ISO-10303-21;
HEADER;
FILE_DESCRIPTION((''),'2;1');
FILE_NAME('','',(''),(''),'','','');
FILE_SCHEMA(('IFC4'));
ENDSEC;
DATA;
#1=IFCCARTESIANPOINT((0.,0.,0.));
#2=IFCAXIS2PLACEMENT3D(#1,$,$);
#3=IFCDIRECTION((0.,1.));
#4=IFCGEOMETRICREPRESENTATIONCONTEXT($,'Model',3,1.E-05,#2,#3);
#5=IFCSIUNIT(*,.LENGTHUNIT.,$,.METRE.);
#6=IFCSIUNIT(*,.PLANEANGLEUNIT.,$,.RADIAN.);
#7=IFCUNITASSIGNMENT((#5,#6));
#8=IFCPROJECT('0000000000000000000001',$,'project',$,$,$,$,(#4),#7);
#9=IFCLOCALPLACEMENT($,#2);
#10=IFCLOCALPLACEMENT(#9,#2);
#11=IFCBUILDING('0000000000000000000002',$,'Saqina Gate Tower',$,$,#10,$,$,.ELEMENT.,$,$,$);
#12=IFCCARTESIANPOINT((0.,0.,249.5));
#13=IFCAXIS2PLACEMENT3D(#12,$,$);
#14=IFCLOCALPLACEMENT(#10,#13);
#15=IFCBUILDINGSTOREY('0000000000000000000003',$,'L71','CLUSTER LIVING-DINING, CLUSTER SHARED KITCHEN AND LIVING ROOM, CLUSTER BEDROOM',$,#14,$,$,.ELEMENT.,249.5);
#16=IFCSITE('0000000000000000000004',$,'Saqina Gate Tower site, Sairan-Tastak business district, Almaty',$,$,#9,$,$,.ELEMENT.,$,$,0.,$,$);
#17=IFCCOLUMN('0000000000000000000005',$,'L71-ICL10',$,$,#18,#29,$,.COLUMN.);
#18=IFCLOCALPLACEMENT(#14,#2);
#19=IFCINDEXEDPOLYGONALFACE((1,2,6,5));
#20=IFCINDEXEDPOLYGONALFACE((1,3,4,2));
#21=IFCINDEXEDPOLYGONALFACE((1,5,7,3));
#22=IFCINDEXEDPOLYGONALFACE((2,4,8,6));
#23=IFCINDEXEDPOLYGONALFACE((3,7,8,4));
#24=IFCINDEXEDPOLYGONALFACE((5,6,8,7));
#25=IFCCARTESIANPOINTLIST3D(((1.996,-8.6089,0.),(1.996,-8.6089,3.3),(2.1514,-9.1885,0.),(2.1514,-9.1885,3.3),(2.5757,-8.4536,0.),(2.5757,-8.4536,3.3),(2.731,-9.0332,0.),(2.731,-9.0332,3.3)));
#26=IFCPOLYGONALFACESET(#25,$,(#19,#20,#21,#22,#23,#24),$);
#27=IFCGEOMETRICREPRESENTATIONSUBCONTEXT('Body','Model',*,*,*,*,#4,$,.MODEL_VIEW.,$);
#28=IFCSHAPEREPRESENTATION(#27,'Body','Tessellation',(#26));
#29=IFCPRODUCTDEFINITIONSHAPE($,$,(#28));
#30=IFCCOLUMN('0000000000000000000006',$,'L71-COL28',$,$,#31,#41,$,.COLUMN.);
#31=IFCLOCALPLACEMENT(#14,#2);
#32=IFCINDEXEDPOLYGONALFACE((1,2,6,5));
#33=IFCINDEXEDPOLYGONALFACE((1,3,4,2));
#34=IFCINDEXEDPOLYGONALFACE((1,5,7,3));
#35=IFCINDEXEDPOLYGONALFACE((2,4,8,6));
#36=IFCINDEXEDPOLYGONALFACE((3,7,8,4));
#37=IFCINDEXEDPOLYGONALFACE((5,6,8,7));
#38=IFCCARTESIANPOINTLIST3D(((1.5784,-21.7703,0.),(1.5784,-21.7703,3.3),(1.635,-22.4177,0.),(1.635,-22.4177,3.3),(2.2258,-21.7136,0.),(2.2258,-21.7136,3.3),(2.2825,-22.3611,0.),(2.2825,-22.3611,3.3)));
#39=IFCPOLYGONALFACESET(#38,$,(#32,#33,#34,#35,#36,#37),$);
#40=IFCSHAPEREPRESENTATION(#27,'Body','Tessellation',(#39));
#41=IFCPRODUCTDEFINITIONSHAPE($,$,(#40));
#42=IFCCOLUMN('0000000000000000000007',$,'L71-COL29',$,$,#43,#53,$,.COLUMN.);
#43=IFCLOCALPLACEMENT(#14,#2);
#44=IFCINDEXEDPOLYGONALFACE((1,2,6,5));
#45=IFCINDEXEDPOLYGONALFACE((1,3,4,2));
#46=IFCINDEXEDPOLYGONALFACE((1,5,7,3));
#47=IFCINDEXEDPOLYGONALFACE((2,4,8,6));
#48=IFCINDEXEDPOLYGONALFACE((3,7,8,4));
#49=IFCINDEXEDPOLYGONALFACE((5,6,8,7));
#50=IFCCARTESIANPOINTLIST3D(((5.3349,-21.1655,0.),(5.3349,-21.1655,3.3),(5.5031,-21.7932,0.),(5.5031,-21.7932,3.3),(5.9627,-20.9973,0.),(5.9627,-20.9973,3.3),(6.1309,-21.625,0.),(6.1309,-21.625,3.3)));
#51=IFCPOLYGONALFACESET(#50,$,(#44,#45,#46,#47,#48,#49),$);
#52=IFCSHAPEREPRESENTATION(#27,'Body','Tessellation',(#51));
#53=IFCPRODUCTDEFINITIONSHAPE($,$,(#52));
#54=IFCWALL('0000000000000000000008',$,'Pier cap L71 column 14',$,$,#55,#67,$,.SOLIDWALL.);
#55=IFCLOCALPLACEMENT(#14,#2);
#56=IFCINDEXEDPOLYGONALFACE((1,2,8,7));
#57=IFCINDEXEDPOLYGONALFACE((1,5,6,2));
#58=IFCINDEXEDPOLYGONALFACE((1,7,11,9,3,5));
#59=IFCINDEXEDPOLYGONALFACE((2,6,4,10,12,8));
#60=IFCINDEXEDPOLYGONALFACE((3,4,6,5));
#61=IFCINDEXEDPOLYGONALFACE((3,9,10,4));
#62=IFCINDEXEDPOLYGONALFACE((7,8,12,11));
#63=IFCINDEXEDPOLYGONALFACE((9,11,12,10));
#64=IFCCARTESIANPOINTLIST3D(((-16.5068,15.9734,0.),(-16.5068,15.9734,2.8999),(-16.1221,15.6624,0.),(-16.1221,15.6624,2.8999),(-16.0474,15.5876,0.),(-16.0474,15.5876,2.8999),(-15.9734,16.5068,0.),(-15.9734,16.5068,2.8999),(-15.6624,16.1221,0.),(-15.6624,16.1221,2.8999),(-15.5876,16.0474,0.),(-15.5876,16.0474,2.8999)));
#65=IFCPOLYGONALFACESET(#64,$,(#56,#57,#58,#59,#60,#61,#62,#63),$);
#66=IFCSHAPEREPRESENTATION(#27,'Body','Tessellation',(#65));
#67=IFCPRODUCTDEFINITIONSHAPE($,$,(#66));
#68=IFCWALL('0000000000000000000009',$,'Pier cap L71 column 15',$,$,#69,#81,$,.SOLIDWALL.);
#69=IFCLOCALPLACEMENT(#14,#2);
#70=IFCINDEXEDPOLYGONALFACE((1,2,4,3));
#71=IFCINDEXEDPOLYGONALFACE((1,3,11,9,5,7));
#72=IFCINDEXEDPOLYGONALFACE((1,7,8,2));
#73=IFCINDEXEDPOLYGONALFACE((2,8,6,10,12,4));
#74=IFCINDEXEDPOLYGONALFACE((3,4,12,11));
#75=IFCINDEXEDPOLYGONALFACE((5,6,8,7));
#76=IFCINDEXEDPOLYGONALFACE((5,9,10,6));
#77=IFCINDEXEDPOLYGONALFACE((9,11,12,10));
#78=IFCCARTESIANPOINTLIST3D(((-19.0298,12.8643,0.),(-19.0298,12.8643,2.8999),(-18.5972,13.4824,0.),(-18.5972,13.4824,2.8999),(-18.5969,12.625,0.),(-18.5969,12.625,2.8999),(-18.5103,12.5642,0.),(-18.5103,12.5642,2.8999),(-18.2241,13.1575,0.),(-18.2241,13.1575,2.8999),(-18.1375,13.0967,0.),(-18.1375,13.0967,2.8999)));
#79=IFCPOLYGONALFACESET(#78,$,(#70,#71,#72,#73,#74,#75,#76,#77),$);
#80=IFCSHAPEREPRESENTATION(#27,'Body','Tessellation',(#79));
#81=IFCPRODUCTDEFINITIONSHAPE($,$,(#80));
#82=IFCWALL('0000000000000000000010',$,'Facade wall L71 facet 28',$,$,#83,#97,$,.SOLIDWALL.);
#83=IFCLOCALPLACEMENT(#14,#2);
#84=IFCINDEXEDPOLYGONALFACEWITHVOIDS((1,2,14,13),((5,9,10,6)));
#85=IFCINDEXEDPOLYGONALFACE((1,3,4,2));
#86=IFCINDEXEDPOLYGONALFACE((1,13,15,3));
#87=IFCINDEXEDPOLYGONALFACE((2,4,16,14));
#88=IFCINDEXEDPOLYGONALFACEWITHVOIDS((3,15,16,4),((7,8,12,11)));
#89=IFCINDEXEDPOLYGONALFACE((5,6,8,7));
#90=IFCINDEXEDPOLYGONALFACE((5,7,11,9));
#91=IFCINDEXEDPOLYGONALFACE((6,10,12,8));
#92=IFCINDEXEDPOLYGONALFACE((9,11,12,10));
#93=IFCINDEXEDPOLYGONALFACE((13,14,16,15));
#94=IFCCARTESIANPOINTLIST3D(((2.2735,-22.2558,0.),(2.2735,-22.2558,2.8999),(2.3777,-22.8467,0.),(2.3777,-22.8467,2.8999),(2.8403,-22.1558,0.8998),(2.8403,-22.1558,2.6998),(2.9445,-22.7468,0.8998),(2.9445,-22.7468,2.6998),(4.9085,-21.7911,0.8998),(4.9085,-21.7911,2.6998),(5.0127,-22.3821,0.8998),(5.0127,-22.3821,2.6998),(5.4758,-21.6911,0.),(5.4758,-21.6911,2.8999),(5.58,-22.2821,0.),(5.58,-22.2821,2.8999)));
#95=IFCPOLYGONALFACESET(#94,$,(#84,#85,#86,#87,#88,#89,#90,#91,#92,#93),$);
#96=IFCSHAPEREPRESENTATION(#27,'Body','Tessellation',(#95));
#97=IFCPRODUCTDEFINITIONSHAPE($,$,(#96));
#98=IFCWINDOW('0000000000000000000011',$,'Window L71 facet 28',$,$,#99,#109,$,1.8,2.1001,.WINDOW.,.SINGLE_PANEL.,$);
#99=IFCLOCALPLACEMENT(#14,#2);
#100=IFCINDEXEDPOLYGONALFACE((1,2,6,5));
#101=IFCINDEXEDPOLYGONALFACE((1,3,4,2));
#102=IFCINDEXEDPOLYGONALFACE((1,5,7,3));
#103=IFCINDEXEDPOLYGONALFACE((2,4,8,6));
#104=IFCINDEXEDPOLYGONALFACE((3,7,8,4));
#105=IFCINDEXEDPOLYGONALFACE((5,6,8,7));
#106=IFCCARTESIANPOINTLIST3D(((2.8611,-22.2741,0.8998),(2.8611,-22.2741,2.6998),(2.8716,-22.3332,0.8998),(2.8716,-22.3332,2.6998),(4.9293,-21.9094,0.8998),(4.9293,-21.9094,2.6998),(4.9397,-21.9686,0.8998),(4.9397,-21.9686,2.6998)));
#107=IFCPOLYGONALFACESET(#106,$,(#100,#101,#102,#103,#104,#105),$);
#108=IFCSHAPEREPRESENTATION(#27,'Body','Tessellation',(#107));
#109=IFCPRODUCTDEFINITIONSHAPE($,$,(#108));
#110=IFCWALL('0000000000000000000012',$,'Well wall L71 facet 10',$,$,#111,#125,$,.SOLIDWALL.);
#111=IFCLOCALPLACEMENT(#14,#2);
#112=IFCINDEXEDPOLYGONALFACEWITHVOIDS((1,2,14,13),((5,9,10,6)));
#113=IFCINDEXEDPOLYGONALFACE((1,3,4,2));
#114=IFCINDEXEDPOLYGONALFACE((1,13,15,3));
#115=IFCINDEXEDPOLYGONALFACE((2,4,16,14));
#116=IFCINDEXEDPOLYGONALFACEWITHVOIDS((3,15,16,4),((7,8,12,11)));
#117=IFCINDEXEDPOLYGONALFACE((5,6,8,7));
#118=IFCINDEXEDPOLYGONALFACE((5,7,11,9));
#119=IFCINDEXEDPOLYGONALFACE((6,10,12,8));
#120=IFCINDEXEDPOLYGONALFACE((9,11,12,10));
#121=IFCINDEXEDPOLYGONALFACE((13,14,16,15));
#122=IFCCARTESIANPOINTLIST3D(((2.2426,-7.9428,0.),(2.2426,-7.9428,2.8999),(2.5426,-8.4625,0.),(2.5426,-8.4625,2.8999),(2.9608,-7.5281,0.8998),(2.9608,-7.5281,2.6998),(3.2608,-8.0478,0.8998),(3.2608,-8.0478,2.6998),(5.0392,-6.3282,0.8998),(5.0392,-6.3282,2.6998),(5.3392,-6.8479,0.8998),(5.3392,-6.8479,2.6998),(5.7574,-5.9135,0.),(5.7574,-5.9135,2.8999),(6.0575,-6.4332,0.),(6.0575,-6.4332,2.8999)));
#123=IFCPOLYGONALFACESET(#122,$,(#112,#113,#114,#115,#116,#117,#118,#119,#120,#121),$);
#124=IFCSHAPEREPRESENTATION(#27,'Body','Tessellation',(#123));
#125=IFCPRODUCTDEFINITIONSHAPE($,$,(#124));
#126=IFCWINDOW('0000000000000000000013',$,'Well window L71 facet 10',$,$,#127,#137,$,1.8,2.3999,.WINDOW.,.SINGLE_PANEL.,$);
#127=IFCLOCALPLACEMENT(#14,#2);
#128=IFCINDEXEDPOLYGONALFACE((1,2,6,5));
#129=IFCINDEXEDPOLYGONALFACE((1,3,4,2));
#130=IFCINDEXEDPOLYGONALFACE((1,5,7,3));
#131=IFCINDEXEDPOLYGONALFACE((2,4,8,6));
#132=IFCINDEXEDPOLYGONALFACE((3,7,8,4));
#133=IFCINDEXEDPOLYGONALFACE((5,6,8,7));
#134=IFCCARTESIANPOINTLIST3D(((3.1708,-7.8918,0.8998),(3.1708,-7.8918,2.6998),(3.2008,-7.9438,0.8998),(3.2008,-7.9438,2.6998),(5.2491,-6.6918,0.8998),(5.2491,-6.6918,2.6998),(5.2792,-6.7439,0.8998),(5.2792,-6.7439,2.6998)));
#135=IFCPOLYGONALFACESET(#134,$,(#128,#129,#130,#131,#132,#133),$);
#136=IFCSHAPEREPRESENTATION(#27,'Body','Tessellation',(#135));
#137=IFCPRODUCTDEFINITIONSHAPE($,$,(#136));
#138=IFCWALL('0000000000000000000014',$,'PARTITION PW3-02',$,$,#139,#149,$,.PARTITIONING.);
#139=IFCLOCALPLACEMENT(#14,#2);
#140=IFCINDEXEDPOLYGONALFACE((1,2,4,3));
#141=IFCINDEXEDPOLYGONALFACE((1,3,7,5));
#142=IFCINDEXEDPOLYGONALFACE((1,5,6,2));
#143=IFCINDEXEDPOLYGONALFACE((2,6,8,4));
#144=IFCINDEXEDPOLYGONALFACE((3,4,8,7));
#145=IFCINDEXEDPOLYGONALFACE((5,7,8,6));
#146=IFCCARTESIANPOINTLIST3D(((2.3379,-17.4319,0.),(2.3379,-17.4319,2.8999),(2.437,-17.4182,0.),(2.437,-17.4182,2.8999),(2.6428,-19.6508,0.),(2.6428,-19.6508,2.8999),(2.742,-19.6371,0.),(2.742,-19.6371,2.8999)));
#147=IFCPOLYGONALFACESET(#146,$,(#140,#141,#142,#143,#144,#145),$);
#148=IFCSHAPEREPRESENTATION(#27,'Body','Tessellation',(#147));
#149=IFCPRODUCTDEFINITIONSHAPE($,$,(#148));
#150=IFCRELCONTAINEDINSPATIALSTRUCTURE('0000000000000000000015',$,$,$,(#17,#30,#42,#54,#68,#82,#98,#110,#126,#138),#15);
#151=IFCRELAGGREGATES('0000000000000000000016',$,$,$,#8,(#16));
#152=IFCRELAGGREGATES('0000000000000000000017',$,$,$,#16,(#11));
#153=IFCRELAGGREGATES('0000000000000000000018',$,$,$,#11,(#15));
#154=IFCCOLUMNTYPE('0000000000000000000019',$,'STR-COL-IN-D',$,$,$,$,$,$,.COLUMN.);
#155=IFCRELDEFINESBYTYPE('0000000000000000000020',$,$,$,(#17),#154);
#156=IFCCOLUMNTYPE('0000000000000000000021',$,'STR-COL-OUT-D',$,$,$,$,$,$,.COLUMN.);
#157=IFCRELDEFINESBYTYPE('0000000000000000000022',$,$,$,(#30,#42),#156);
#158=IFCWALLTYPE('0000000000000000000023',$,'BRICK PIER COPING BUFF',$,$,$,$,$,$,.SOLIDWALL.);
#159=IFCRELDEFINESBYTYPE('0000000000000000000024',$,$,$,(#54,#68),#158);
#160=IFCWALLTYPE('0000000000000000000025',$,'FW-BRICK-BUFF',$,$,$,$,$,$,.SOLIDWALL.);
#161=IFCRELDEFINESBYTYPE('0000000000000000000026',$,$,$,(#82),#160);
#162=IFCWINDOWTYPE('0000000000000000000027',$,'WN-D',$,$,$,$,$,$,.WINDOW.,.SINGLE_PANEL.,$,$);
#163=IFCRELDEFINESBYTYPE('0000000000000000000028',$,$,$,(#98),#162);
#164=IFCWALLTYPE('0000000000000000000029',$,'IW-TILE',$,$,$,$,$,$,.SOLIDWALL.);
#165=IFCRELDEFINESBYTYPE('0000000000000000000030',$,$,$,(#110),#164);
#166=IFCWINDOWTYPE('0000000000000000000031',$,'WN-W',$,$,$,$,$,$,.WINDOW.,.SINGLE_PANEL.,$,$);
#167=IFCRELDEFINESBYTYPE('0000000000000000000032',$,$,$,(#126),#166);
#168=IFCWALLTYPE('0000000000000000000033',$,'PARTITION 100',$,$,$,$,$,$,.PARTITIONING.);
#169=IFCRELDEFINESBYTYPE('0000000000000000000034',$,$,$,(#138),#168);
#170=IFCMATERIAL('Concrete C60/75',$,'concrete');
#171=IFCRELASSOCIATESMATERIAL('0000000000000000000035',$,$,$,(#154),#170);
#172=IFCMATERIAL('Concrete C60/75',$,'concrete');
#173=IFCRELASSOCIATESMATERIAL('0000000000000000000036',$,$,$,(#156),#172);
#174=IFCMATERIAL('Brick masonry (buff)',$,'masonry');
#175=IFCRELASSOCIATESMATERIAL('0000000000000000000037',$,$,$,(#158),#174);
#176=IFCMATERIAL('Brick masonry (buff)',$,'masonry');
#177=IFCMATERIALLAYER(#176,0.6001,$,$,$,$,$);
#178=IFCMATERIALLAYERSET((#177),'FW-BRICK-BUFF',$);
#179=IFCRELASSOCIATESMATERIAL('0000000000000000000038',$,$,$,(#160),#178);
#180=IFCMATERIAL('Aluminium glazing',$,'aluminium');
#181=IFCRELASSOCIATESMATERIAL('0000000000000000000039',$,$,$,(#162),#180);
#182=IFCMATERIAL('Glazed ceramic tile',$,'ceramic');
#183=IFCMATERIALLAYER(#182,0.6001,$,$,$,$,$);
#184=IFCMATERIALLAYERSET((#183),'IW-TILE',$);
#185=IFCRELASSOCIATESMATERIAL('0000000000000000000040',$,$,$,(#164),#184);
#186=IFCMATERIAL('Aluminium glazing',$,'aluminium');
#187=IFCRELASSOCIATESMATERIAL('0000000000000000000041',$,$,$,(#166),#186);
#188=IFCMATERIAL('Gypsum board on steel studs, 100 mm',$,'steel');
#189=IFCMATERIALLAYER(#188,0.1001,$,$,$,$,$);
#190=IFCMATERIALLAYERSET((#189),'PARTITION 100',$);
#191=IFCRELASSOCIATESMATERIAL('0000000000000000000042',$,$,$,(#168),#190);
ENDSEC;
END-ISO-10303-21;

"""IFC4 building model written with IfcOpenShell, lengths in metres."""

from ifc_helpers import new_model, si_unit, direction, frame, frame_2d, origin, origin_2d, place, context, subcontext, project, spatial, polyline, rectangle, outline, extrude, material, layer, layer_set, material_profile, profile_set, type_object, element, fill, save


model = new_model("IFC4")

# Units and contexts
model_context = context("Model", 3, precision=1e-05, world=origin(), true_north=direction((0.0, 1.0)))
body_context = subcontext(model_context, "Body", "Model", "MODEL_VIEW")
ifc_project = project(units=[si_unit("LENGTHUNIT", "METRE"), si_unit("PLANEANGLEUNIT", "RADIAN")], contexts=[model_context])

# Site, building, storey
site_placement = place(None, origin())
site = spatial("IfcSite", under=ifc_project, at=site_placement, Name="Saqina Gate Tower site, Sairan-Tastak business district, Almaty", CompositionType="ELEMENT", RefElevation=0.0)
building_placement = place(site_placement, origin())
building = spatial("IfcBuilding", under=site, at=building_placement, Name="Saqina Gate Tower", CompositionType="ELEMENT")
storey_placement = place(building_placement, frame((0.0, 0.0, 249.5)))
storey = spatial("IfcBuildingStorey", under=building, at=storey_placement, Name="L71", Description="CLUSTER LIVING-DINING, CLUSTER SHARED KITCHEN AND LIVING ROOM, CLUSTER BEDROOM", CompositionType="ELEMENT", Elevation=249.5)

# Columns
ifc_material_1 = material(Name="Concrete C60/75", Category="concrete")
ifc_material_profile_1 = material_profile(ifc_material_1, rectangle(XDim=0.6001, YDim=0.6001, at=origin_2d()), Name="RC 600x600")
ifc_profile_set_1 = profile_set([ifc_material_profile_1], Name="Concrete C60/75")
column_type_1 = type_object("IfcColumnType", Name="STR-COL-IN-D", PredefinedType="COLUMN", material=ifc_profile_set_1)
column_placement = place(storey_placement, frame((2.3635, -8.821, 0.0), z_axis=(0.0, 0.0, 1.0), x_axis=(0.258819, -0.965926, 0.0)))
element("IfcColumn", 1, at=column_placement, inside=storey, type_object=column_type_1, Name="L71-ICL10", PredefinedType="COLUMN", context=body_context, shape_type="SweptSolid", body=[
    extrude(rectangle(XDim=0.6001, YDim=0.6001, at=origin_2d()), origin(), (0.0, 0.0, 1.0), 3.3),
])
ifc_material_2 = material(Name="Concrete C60/75", Category="concrete")
ifc_material_profile_2 = material_profile(ifc_material_2, rectangle(XDim=0.6499, YDim=0.6499, at=origin_2d()), Name="RC 650x650")
ifc_profile_set_2 = profile_set([ifc_material_profile_2], Name="Concrete C60/75")
column_type_2 = type_object("IfcColumnType", Name="STR-COL-OUT-D", PredefinedType="COLUMN", material=ifc_profile_set_2)
for number, where, z_axis, x_axis, name in (
    (2, (1.9304, -22.0657, 0.0), (0.0, 0.0, 1.0), (0.087156, -0.996195, 0.0), "L71-COL28"),
    (3, (5.7329, -21.3953, 0.0), (0.0, 0.0, 1.0), (0.258819, -0.965926, 0.0), "L71-COL29"),
):
    element("IfcColumn", number, at=place(storey_placement, frame(where, z_axis=z_axis, x_axis=x_axis)), inside=storey, type_object=column_type_2, Name=name, PredefinedType="COLUMN", context=body_context, shape_type="SweptSolid", body=[
        extrude(rectangle(XDim=0.6499, YDim=0.6499, at=origin_2d()), origin(), (0.0, 0.0, 1.0), 3.3),
    ])

# Walls
ifc_material_3 = material(Name="Brick masonry (buff)", Category="masonry")
wall_type_1 = type_object("IfcWallType", Name="BRICK PIER COPING BUFF", PredefinedType="SOLIDWALL", material=ifc_material_3)
wall_1_placement = place(storey_placement, origin())
element("IfcWall", 4, at=wall_1_placement, inside=storey, type_object=wall_type_1, Name="Pier cap L71 column 14", PredefinedType="SOLIDWALL", context=body_context, shape_type="SweptSolid", body=[
    extrude(outline(polyline([(-16.5068, 15.9734), (-16.0474, 15.5876), (-16.1221, 15.6624), (-15.6624, 16.1221), (-15.5876, 16.0474), (-15.9734, 16.5068), (-16.5068, 15.9734)])), origin(), (0.0, 0.0, 1.0), 2.8999),
])
wall_2_placement = place(storey_placement, origin())
element("IfcWall", 5, at=wall_2_placement, inside=storey, type_object=wall_type_1, Name="Pier cap L71 column 15", PredefinedType="SOLIDWALL", context=body_context, shape_type="SweptSolid", body=[
    extrude(outline(polyline([(-19.0298, 12.8643), (-18.5103, 12.5642), (-18.5969, 12.625), (-18.2241, 13.1575), (-18.1375, 13.0967), (-18.5972, 13.4824), (-19.0298, 12.8643)])), origin(), (0.0, 0.0, 1.0), 2.8999),
])

# Walls, openings, windows
ifc_material_4 = material(Name="Brick masonry (buff)", Category="masonry")
ifc_layer_1 = layer(ifc_material_4, 0.6001)
ifc_layer_set_1 = layer_set([ifc_layer_1], Name="FW-BRICK-BUFF")
wall_type_2 = type_object("IfcWallType", Name="FW-BRICK-BUFF", PredefinedType="SOLIDWALL", material=ifc_layer_set_1)
wall_3_placement = place(storey_placement, frame((2.3254, -22.5513, 0.0), z_axis=(0.0, 0.0, 1.0), x_axis=(0.984806, 0.173657, 0.0)))
wall_3 = element("IfcWall", 6, at=wall_3_placement, inside=storey, type_object=wall_type_2, Name="Facade wall L71 facet 28", PredefinedType="SOLIDWALL", context=body_context, shape_type="SweptSolid", body=[
    extrude(rectangle(XDim=3.2517, YDim=0.6001, at=frame_2d((1.626, 0.0))), origin(), (0.0, 0.0, 1.0), 2.8999),
])
opening_1_placement = place(wall_3_placement, frame((0.5757, 0.0, 0.8999)))
opening_1 = element("IfcOpeningElement", 7, at=opening_1_placement, cuts=wall_3, PredefinedType="OPENING", context=body_context, shape_type="SweptSolid", body=[
    extrude(rectangle(XDim=2.1001, YDim=1.8, at=frame_2d((1.05, 0.8999))), frame((0.0, 0.312, 0.0), z_axis=(0.0, -1.0, 0.0), x_axis=(1.0, 0.0, 0.0)), (0.0, 0.0, 1.0), 0.624),
])
ifc_material_5 = material(Name="Aluminium glazing", Category="aluminium")
window_type_1 = type_object("IfcWindowType", Name="WN-D", PartitioningType="SINGLE_PANEL", PredefinedType="WINDOW", material=ifc_material_5)
window_1_placement = place(opening_1_placement, origin())
window_1 = element("IfcWindow", 8, at=window_1_placement, inside=storey, type_object=window_type_1, Name="Window L71 facet 28", OverallHeight=1.8, OverallWidth=2.1001, PartitioningType="SINGLE_PANEL", PredefinedType="WINDOW", context=body_context, shape_type="SweptSolid", body=[
    extrude(rectangle(XDim=2.1001, YDim=1.8, at=frame_2d((1.05, 0.8999))), frame((0.0, 0.1799, 0.0), z_axis=(0.0, -1.0, 0.0), x_axis=(1.0, 0.0, 0.0)), (0.0, 0.0, 1.0), 0.0601),
])
fill(opening_1, window_1)
ifc_material_6 = material(Name="Glazed ceramic tile", Category="ceramic")
ifc_layer_2 = layer(ifc_material_6, 0.6001)
ifc_layer_set_2 = layer_set([ifc_layer_2], Name="IW-TILE")
wall_type_3 = type_object("IfcWallType", Name="IW-TILE", PredefinedType="SOLIDWALL", material=ifc_layer_set_2)
wall_4_placement = place(storey_placement, frame((2.3926, -8.2026, 0.0), z_axis=(0.0, 0.0, 1.0), x_axis=(0.866028, 0.499995, 0.0)))
wall_4 = element("IfcWall", 9, at=wall_4_placement, inside=storey, type_object=wall_type_3, Name="Well wall L71 facet 10", PredefinedType="SOLIDWALL", context=body_context, shape_type="SweptSolid", body=[
    extrude(rectangle(XDim=4.0586, YDim=0.6001, at=frame_2d((2.0293, 0.0))), origin(), (0.0, 0.0, 1.0), 2.8999),
])
opening_2_placement = place(wall_4_placement, frame((0.8293, 0.0, 0.8999)))
opening_2 = element("IfcOpeningElement", 10, at=opening_2_placement, cuts=wall_4, PredefinedType="OPENING", context=body_context, shape_type="SweptSolid", body=[
    extrude(rectangle(XDim=2.3999, YDim=1.8, at=frame_2d((1.2, 0.8999))), frame((0.0, 0.312, 0.0), z_axis=(0.0, -1.0, 0.0), x_axis=(1.0, 0.0, 0.0)), (0.0, 0.0, 1.0), 0.624),
])
ifc_material_7 = material(Name="Aluminium glazing", Category="aluminium")
window_type_2 = type_object("IfcWindowType", Name="WN-W", PartitioningType="SINGLE_PANEL", PredefinedType="WINDOW", material=ifc_material_7)
window_2_placement = place(opening_2_placement, origin())
window_2 = element("IfcWindow", 11, at=window_2_placement, inside=storey, type_object=window_type_2, Name="Well window L71 facet 10", OverallHeight=1.8, OverallWidth=2.3999, PartitioningType="SINGLE_PANEL", PredefinedType="WINDOW", context=body_context, shape_type="SweptSolid", body=[
    extrude(rectangle(XDim=2.3999, YDim=1.8, at=frame_2d((1.2, 0.8999))), frame((0.0, -0.1199, 0.0), z_axis=(0.0, -1.0, 0.0), x_axis=(1.0, 0.0, 0.0)), (0.0, 0.0, 1.0), 0.0601),
])
fill(opening_2, window_2)

# Wall
ifc_material_8 = material(Name="Gypsum board on steel studs, 100 mm", Category="steel")
ifc_layer_3 = layer(ifc_material_8, 0.1001)
ifc_layer_set_3 = layer_set([ifc_layer_3], Name="PARTITION 100")
wall_type_4 = type_object("IfcWallType", Name="PARTITION 100", PredefinedType="PARTITIONING", material=ifc_layer_set_3)
wall_5_placement = place(storey_placement, frame((2.3875, -17.425, 0.0), z_axis=(0.0, 0.0, 1.0), x_axis=(0.136139, -0.99069, 0.0)))
element("IfcWall", 12, at=wall_5_placement, inside=storey, type_object=wall_type_4, Name="PARTITION PW3-02", PredefinedType="PARTITIONING", context=body_context, shape_type="SweptSolid", body=[
    extrude(rectangle(XDim=2.2397, YDim=0.1001, at=frame_2d((1.1199, 0.0))), origin(), (0.0, 0.0, 1.0), 2.8999),
])

save(model, "model.ifc")
